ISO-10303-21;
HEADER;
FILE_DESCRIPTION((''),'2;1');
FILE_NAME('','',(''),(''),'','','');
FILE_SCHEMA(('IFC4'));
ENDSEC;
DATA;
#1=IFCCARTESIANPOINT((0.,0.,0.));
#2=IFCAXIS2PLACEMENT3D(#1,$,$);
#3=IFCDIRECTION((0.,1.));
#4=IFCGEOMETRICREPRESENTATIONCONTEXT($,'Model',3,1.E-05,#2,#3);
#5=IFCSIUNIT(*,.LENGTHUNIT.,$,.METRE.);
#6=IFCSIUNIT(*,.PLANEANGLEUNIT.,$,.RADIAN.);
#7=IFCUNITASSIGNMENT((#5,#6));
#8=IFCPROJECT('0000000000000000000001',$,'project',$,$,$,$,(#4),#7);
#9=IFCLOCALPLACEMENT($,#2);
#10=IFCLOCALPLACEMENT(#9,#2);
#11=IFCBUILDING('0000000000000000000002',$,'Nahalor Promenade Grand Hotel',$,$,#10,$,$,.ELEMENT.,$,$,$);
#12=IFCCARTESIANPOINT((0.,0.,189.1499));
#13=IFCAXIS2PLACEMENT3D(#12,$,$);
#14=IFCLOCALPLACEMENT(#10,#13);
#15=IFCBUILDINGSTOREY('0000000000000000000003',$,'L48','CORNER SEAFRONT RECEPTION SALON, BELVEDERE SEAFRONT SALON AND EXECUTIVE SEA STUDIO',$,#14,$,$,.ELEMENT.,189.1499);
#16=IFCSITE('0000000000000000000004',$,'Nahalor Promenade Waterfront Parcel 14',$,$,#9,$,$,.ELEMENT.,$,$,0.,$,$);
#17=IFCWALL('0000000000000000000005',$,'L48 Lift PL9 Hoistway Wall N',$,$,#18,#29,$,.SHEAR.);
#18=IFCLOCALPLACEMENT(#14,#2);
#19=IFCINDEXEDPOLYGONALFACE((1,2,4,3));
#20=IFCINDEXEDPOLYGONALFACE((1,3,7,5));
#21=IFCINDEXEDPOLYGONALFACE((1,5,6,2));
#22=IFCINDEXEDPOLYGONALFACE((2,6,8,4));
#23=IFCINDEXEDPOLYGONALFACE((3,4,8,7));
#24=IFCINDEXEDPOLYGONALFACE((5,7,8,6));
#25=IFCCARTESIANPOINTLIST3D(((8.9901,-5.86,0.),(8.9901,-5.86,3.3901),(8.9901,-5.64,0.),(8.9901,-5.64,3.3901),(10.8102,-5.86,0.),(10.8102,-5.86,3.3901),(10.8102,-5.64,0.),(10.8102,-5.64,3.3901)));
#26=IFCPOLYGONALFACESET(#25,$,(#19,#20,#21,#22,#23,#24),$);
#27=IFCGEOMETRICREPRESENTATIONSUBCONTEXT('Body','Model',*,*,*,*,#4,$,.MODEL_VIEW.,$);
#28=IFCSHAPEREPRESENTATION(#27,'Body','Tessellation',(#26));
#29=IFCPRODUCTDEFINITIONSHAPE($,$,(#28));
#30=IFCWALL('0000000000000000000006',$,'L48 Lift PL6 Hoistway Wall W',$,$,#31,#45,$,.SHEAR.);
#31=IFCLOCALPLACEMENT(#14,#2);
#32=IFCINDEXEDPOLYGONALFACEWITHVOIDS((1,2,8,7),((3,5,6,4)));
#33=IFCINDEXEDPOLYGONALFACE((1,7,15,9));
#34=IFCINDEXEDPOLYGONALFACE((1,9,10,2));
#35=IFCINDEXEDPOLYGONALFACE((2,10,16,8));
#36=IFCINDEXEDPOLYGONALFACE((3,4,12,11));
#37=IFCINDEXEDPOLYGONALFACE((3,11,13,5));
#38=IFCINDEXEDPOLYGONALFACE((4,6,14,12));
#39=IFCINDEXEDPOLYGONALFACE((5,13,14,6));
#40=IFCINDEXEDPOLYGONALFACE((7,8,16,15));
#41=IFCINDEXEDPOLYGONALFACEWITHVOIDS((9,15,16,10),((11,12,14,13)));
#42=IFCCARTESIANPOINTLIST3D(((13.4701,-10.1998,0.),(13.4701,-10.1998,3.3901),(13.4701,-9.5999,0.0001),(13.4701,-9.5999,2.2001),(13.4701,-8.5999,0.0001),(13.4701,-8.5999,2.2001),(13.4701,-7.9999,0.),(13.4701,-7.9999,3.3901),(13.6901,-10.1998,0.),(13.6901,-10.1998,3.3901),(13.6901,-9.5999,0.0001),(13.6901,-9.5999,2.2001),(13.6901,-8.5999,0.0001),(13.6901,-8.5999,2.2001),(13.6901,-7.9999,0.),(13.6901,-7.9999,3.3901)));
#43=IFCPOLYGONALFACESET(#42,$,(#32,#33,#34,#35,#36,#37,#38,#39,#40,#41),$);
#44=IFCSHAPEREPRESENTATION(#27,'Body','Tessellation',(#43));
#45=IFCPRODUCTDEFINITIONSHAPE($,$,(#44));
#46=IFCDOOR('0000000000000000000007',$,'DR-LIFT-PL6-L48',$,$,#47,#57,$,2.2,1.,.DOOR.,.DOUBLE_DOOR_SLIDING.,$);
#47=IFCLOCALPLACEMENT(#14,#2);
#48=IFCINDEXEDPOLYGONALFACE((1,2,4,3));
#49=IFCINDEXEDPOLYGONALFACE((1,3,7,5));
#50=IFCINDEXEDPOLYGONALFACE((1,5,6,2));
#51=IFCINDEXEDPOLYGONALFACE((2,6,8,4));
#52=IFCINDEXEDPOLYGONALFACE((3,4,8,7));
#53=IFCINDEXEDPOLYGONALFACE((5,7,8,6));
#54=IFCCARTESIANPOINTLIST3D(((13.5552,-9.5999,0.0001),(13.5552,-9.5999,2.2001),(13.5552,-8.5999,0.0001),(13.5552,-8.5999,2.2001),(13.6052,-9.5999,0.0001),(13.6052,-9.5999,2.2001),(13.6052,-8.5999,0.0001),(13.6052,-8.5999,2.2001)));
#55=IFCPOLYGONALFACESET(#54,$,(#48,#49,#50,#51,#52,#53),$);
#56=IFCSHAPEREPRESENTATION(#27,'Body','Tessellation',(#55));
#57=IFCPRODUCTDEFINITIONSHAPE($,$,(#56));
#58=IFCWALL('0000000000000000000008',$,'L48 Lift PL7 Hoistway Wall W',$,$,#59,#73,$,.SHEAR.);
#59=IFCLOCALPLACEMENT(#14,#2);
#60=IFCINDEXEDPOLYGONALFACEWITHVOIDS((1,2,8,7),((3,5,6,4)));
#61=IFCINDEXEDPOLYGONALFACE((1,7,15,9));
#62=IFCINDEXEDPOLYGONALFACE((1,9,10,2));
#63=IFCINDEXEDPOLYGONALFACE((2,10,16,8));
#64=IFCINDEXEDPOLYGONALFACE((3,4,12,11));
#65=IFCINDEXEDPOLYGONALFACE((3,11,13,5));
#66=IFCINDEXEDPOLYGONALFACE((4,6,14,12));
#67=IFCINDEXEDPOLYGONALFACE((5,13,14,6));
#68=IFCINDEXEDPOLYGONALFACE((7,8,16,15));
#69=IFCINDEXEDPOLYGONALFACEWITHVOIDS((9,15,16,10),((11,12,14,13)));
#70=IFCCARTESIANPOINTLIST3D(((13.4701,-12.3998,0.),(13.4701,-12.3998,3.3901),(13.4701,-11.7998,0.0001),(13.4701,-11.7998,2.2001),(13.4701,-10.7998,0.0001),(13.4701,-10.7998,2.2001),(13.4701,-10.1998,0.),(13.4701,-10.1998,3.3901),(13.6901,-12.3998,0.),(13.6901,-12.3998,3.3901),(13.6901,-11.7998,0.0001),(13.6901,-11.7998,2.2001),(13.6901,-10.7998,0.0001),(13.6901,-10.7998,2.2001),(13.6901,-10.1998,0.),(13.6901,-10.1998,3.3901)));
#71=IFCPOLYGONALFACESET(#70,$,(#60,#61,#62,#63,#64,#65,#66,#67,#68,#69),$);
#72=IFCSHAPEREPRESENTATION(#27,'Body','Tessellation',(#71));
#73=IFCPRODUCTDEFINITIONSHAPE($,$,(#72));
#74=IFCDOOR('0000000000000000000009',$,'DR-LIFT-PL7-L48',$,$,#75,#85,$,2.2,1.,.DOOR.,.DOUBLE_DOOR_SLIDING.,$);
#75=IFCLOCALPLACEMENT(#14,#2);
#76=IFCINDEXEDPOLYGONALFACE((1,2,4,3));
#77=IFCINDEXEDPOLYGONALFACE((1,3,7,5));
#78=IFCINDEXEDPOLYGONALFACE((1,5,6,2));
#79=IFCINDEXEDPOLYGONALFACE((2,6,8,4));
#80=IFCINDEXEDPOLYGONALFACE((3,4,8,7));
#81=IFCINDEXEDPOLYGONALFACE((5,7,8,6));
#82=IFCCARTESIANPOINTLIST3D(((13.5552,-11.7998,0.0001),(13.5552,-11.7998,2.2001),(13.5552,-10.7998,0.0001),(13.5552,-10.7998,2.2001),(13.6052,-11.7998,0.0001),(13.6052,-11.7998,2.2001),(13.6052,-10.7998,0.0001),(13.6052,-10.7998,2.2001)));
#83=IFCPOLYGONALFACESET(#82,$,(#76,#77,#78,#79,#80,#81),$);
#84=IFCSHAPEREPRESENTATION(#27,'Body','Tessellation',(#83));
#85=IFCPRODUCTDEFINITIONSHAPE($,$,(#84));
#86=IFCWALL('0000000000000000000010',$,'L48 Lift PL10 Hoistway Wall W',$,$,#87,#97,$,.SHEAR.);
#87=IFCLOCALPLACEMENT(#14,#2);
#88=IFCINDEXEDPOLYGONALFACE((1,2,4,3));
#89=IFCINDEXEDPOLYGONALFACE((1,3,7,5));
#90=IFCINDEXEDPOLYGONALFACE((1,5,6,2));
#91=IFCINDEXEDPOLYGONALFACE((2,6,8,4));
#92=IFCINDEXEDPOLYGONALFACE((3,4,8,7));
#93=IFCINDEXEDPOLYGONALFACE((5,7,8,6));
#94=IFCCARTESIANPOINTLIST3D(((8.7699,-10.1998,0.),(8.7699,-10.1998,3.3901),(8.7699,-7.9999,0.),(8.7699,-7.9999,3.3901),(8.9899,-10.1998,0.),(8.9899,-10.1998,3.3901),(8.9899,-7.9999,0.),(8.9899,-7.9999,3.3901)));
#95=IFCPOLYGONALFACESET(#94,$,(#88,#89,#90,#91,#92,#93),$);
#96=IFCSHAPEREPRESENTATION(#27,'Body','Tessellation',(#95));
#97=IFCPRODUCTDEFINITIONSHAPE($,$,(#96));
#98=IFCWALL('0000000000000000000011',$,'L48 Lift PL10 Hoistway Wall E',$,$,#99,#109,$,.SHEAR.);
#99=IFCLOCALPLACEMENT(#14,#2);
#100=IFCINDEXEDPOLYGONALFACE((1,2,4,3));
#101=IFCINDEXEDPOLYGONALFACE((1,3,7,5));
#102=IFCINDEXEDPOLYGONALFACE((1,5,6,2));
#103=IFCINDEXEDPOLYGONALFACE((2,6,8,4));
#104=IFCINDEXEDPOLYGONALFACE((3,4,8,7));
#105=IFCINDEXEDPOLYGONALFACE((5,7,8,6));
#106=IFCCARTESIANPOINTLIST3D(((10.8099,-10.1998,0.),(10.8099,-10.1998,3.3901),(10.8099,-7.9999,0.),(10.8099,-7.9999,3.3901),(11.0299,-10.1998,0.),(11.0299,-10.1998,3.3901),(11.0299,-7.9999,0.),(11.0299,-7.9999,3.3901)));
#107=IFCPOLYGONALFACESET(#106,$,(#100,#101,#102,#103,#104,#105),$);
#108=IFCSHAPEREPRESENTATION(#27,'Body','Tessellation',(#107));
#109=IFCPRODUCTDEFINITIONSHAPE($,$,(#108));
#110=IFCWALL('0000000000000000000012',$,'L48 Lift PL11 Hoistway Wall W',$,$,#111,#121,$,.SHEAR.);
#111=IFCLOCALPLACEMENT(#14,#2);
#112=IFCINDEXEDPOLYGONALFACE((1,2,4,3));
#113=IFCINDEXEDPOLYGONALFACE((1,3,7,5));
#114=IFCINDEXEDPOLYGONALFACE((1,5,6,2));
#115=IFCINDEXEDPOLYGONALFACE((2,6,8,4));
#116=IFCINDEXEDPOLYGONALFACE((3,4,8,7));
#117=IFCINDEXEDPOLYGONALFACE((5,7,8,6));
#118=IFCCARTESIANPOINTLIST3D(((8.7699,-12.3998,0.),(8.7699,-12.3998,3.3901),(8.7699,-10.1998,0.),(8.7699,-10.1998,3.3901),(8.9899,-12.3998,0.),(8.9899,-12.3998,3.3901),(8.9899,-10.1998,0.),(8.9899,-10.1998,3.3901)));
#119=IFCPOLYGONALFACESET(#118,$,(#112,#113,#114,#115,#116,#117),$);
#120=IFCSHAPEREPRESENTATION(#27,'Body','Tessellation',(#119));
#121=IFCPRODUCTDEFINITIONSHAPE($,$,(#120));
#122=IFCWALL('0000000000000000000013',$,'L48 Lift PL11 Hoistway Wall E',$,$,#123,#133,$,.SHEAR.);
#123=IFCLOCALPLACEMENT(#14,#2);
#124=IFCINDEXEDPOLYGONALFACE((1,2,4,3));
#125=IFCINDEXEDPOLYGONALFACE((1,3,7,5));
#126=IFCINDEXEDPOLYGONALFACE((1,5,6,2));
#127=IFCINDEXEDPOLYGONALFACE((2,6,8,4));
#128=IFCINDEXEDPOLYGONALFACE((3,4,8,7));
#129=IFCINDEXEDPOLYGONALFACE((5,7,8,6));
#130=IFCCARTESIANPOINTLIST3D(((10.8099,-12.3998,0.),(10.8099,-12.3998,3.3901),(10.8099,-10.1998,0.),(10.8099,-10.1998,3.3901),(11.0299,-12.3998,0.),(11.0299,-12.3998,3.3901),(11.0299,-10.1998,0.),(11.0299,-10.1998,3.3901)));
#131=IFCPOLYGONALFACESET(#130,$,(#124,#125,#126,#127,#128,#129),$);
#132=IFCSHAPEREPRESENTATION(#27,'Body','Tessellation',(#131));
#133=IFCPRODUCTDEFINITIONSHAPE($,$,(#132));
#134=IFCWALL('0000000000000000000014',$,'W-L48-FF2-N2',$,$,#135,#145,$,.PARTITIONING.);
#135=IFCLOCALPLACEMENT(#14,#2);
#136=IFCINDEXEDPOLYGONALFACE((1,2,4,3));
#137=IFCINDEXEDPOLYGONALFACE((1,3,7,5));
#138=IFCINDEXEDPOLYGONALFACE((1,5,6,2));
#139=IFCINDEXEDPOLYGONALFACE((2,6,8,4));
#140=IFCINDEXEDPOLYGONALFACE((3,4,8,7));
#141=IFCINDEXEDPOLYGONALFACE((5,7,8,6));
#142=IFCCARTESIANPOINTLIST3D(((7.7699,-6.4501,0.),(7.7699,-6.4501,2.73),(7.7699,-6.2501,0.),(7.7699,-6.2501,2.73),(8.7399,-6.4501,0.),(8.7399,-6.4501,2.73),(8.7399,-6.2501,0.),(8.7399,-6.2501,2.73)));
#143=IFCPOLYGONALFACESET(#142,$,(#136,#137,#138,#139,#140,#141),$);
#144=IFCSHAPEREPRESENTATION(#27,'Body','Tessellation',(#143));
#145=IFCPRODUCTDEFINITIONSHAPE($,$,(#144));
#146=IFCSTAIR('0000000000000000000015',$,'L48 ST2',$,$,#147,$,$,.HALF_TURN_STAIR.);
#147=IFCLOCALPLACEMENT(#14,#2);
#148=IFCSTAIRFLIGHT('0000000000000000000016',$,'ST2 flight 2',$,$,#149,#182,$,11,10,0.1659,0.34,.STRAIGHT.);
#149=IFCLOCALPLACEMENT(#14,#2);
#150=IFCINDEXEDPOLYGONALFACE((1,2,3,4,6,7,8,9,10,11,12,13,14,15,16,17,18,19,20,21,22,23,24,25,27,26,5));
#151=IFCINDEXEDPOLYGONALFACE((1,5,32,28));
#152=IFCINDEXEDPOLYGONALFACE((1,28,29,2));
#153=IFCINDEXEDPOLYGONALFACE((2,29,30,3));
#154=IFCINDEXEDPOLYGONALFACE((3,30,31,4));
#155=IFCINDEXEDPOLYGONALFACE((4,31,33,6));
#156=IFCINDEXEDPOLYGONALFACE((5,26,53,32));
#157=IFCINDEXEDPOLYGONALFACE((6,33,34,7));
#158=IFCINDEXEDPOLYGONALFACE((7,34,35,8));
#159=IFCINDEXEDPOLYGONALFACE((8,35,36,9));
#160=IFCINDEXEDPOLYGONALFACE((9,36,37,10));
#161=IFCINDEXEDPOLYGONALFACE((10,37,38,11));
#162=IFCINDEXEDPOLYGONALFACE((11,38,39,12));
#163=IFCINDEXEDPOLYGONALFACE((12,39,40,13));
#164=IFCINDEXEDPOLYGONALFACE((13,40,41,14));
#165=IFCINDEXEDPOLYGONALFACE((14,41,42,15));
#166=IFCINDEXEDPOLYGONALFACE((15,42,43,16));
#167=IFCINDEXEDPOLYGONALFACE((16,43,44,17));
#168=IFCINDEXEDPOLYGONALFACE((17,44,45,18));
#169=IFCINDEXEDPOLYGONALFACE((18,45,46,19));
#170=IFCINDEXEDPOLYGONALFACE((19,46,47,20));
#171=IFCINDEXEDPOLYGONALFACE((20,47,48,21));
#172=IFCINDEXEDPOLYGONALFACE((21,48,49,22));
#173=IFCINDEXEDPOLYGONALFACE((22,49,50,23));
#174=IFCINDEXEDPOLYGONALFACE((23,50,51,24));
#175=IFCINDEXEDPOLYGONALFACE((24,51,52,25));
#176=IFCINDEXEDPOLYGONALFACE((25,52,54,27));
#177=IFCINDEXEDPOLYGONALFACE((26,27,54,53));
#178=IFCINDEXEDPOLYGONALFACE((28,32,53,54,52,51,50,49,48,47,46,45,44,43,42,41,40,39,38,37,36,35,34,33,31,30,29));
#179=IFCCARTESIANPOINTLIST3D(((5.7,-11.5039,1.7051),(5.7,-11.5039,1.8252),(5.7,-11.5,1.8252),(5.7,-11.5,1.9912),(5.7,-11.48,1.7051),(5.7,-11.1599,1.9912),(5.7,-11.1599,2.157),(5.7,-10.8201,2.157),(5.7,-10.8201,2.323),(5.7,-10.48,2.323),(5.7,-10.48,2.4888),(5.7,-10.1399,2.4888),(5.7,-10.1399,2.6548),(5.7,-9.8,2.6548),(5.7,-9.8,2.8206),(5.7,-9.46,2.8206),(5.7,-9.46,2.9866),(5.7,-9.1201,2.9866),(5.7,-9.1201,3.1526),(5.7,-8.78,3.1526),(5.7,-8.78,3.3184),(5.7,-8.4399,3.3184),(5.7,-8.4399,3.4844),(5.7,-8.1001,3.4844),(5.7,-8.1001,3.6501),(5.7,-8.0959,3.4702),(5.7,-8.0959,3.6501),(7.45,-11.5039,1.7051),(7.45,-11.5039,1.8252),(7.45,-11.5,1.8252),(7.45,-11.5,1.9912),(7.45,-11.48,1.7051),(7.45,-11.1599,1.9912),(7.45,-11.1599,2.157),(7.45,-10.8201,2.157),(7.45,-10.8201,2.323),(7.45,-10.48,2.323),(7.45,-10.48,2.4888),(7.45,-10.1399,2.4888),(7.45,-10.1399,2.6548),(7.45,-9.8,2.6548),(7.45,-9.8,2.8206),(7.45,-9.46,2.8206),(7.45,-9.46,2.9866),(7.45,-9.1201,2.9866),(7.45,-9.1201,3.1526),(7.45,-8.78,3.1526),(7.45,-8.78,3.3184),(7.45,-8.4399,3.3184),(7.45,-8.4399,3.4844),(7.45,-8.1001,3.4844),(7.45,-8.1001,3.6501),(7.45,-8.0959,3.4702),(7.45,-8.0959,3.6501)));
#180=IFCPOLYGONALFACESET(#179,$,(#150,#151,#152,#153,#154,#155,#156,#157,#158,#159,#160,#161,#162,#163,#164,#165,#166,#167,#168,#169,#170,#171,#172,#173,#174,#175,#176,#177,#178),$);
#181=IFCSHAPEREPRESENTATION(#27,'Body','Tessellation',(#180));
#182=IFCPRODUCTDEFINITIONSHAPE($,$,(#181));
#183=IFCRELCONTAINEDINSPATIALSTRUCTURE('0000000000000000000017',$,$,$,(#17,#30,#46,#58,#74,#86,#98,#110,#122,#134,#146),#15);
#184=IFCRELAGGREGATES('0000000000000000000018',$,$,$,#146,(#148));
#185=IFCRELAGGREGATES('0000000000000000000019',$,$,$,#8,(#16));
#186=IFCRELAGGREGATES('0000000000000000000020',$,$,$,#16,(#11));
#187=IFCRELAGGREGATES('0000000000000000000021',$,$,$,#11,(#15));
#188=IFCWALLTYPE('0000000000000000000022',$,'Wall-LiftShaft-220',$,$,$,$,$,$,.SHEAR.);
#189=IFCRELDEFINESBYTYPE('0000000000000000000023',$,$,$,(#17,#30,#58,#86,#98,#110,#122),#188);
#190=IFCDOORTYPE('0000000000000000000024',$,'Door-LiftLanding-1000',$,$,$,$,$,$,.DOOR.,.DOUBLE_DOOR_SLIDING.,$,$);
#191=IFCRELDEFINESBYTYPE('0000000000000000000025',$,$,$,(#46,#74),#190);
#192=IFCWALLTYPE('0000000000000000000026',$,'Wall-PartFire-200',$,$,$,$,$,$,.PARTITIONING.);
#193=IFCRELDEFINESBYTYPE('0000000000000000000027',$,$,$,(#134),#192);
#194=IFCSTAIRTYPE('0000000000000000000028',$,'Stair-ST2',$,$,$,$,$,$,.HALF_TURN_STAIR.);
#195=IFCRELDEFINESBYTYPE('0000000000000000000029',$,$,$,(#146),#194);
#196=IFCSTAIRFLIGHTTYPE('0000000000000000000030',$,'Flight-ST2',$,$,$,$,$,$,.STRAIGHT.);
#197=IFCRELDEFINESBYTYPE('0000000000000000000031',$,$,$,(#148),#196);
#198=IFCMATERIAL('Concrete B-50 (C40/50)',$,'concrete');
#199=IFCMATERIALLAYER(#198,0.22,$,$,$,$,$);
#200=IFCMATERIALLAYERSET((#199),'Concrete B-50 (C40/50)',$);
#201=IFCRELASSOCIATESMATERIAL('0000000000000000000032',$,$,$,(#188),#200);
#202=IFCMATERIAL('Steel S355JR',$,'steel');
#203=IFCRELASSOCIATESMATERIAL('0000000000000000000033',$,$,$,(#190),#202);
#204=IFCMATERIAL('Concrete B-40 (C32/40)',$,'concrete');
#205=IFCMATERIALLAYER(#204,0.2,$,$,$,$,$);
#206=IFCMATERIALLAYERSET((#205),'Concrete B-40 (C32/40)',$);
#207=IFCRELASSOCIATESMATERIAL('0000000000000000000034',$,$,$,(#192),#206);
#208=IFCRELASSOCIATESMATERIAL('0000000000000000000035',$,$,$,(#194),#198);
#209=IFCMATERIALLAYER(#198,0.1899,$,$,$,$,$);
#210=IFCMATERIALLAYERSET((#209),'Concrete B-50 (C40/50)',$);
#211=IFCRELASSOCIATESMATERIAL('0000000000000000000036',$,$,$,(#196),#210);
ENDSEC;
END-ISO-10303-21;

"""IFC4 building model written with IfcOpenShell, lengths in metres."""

from ifc_helpers import new_model, si_unit, direction, frame, frame_2d, origin, place, context, subcontext, project, spatial, polyline, rectangle, outline, extrude, source, transform, mapped, material, layer, layer_set, type_object, element, fill, aggregate, save


model = new_model("IFC4")

# Units and contexts
model_context = context("Model", 3, precision=1e-05, world=origin(), true_north=direction((0.0, 1.0)))
body_context = subcontext(model_context, "Body", "Model", "MODEL_VIEW")
ifc_project = project(units=[si_unit("LENGTHUNIT", "METRE"), si_unit("PLANEANGLEUNIT", "RADIAN")], contexts=[model_context])

# Site, building, storey
site_placement = place(None, origin())
site = spatial("IfcSite", under=ifc_project, at=site_placement, Name="Nahalor Promenade Waterfront Parcel 14", CompositionType="ELEMENT", RefElevation=0.0)
building_placement = place(site_placement, origin())
building = spatial("IfcBuilding", under=site, at=building_placement, Name="Nahalor Promenade Grand Hotel", CompositionType="ELEMENT")
storey_placement = place(building_placement, frame((0.0, 0.0, 189.1499)))
storey = spatial("IfcBuildingStorey", under=building, at=storey_placement, Name="L48", Description="CORNER SEAFRONT RECEPTION SALON, BELVEDERE SEAFRONT SALON AND EXECUTIVE SEA STUDIO", CompositionType="ELEMENT", Elevation=189.1499)

# Shared definitions
ifc_material_1 = material(Name="Steel S355JR", Category="steel")

# Shared definitions
ifc_material_2 = material(Name="Concrete B-50 (C40/50)", Category="concrete")
ifc_layer_1 = layer(ifc_material_2, 0.22)
ifc_layer_set_1 = layer_set([ifc_layer_1], Name="Concrete B-50 (C40/50)")
wall_type_1 = type_object("IfcWallType", Name="Wall-LiftShaft-220", PredefinedType="SHEAR", material=ifc_layer_set_1)

# Shared definitions
door_type = type_object("IfcDoorType", Name="Door-LiftLanding-1000", OperationType="DOUBLE_DOOR_SLIDING", PredefinedType="DOOR", material=ifc_material_1)
shared_shape_1 = source(origin(), body_context, "Body", "SweptSolid", [
    extrude(rectangle(XDim=1.0, YDim=2.2, at=frame_2d((0.5, 1.1001))), frame((0.0, 0.0249, 0.0), z_axis=(0.0, -1.0, 0.0), x_axis=(1.0, 0.0, 0.0)), (0.0, 0.0, 1.0), 0.05),
])

# Wall
shared_shape_2 = source(origin(), body_context, "Body", "SweptSolid", [
    extrude(rectangle(XDim=1.8201, YDim=0.22, at=frame_2d((0.9102, 0.0))), origin(), (0.0, 0.0, 1.0), 3.3901),
])
wall_1_placement = place(storey_placement, frame((8.99, -5.75, 0.0), z_axis=(0.0, 0.0, 1.0), x_axis=(1.0, 0.0, 0.0)))
element("IfcWall", 1, at=wall_1_placement, inside=storey, type_object=wall_type_1, Name="L48 Lift PL9 Hoistway Wall N", PredefinedType="SHEAR", context=body_context, shape_type="MappedRepresentation", body=[
    mapped(shared_shape_2, transform((0.0, 0.0, 0.0), scale=1.0)),
])

# Walls, openings, doors
shared_shape_3 = source(origin(), body_context, "Body", "SweptSolid", [
    extrude(rectangle(XDim=2.2, YDim=0.22, at=frame_2d((1.1001, 0.0))), origin(), (0.0, 0.0, 1.0), 3.3901),
])
wall_2_placement = place(storey_placement, frame((13.5801, -10.2, 0.0), z_axis=(0.0, 0.0, 1.0), x_axis=(0.0, 1.0, 0.0)))
wall_2 = element("IfcWall", 2, at=wall_2_placement, inside=storey, type_object=wall_type_1, Name="L48 Lift PL6 Hoistway Wall W", PredefinedType="SHEAR", context=body_context, shape_type="MappedRepresentation", body=[
    mapped(shared_shape_3, transform((0.0, 0.0, 0.0), scale=1.0)),
])
opening_1_placement = place(wall_2_placement, frame((0.6001, 0.0, 0.0)))
opening_1 = element("IfcOpeningElement", 3, at=opening_1_placement, cuts=wall_2, PredefinedType="OPENING", context=body_context, shape_type="SweptSolid", body=[
    extrude(rectangle(XDim=1.0, YDim=2.2, at=frame_2d((0.5, 1.1001))), frame((0.0, 0.1199, 0.0), z_axis=(0.0, -1.0, 0.0), x_axis=(1.0, 0.0, 0.0)), (0.0, 0.0, 1.0), 0.24),
])
door_1_placement = place(opening_1_placement, origin())
door_1 = element("IfcDoor", 4, at=door_1_placement, inside=storey, type_object=door_type, Name="DR-LIFT-PL6-L48", OperationType="DOUBLE_DOOR_SLIDING", OverallHeight=2.2, OverallWidth=1.0, PredefinedType="DOOR", context=body_context, shape_type="MappedRepresentation", body=[
    mapped(shared_shape_1, transform((0.0, 0.0, 0.0), scale=1.0)),
])
fill(opening_1, door_1)
wall_3_placement = place(storey_placement, frame((13.5801, -12.3999, 0.0), z_axis=(0.0, 0.0, 1.0), x_axis=(0.0, 1.0, 0.0)))
wall_3 = element("IfcWall", 5, at=wall_3_placement, inside=storey, type_object=wall_type_1, Name="L48 Lift PL7 Hoistway Wall W", PredefinedType="SHEAR", context=body_context, shape_type="MappedRepresentation", body=[
    mapped(shared_shape_3, transform((0.0, 0.0, 0.0), scale=1.0)),
])
opening_2_placement = place(wall_3_placement, frame((0.6001, 0.0, 0.0)))
opening_2 = element("IfcOpeningElement", 6, at=opening_2_placement, cuts=wall_3, PredefinedType="OPENING", context=body_context, shape_type="SweptSolid", body=[
    extrude(rectangle(XDim=1.0, YDim=2.2, at=frame_2d((0.5, 1.1001))), frame((0.0, 0.1199, 0.0), z_axis=(0.0, -1.0, 0.0), x_axis=(1.0, 0.0, 0.0)), (0.0, 0.0, 1.0), 0.24),
])
door_2_placement = place(opening_2_placement, origin())
door_2 = element("IfcDoor", 7, at=door_2_placement, inside=storey, type_object=door_type, Name="DR-LIFT-PL7-L48", OperationType="DOUBLE_DOOR_SLIDING", OverallHeight=2.2, OverallWidth=1.0, PredefinedType="DOOR", context=body_context, shape_type="MappedRepresentation", body=[
    mapped(shared_shape_1, transform((0.0, 0.0, 0.0), scale=1.0)),
])
fill(opening_2, door_2)

# Walls
for number, where, z_axis, x_axis, name in (
    (8, (8.8799, -10.2, 0.0), (0.0, 0.0, 1.0), (0.0, 1.0, 0.0), "L48 Lift PL10 Hoistway Wall W"),
    (9, (10.9199, -10.2, 0.0), (0.0, 0.0, 1.0), (0.0, 1.0, 0.0), "L48 Lift PL10 Hoistway Wall E"),
    (10, (8.8799, -12.3999, 0.0), (0.0, 0.0, 1.0), (0.0, 1.0, 0.0), "L48 Lift PL11 Hoistway Wall W"),
    (11, (10.9199, -12.3999, 0.0), (0.0, 0.0, 1.0), (0.0, 1.0, 0.0), "L48 Lift PL11 Hoistway Wall E"),
):
    element("IfcWall", number, at=place(storey_placement, frame(where, z_axis=z_axis, x_axis=x_axis)), inside=storey, type_object=wall_type_1, Name=name, PredefinedType="SHEAR", context=body_context, shape_type="MappedRepresentation", body=[
        mapped(shared_shape_3, transform((0.0, 0.0, 0.0), scale=1.0)),
    ])
ifc_material_3 = material(Name="Concrete B-40 (C32/40)", Category="concrete")
ifc_layer_2 = layer(ifc_material_3, 0.2)
ifc_layer_set_2 = layer_set([ifc_layer_2], Name="Concrete B-40 (C32/40)")
wall_type_2 = type_object("IfcWallType", Name="Wall-PartFire-200", PredefinedType="PARTITIONING", material=ifc_layer_set_2)
shared_shape_4 = source(origin(), body_context, "Body", "SweptSolid", [
    extrude(rectangle(XDim=0.97, YDim=0.2, at=frame_2d((0.4849, 0.0))), origin(), (0.0, 0.0, 1.0), 2.73),
])
wall_4_placement = place(storey_placement, frame((7.77, -6.3501, 0.0), z_axis=(0.0, 0.0, 1.0), x_axis=(1.0, 0.0, 0.0)))
element("IfcWall", 12, at=wall_4_placement, inside=storey, type_object=wall_type_2, Name="W-L48-FF2-N2", PredefinedType="PARTITIONING", context=body_context, shape_type="MappedRepresentation", body=[
    mapped(shared_shape_4, transform((0.0, 0.0, 0.0), scale=1.0)),
])

# Stair, stair flight
stair_type = type_object("IfcStairType", Name="Stair-ST2", PredefinedType="HALF_TURN_STAIR", material=ifc_material_2)
stair_placement = place(storey_placement, origin())
stair = element("IfcStair", 13, at=stair_placement, inside=storey, type_object=stair_type, Name="L48 ST2", PredefinedType="HALF_TURN_STAIR")
ifc_layer_3 = layer(ifc_material_2, 0.1899)
ifc_layer_set_3 = layer_set([ifc_layer_3], Name="Concrete B-50 (C40/50)")
stair_flight_type = type_object("IfcStairFlightType", Name="Flight-ST2", PredefinedType="STRAIGHT", material=ifc_layer_set_3)
shared_shape_5 = source(origin(), body_context, "Body", "SweptSolid", [
    extrude(outline(polyline([(-0.0039, -0.1201), (-0.0039, 0.0), (0.0, 0.0), (0.0, 0.166), (0.3401, 0.166), (0.3401, 0.3318), (0.6799, 0.3318), (0.6799, 0.4978), (1.02, 0.4978), (1.02, 0.6636), (1.3601, 0.6636), (1.3601, 0.8296), (1.7, 0.8296), (1.7, 0.9954), (2.04, 0.9954), (2.04, 1.1614), (2.3799, 1.1614), (2.3799, 1.3274), (2.72, 1.3274), (2.72, 1.4932), (3.0601, 1.4932), (3.0601, 1.6592), (3.3999, 1.6592), (3.3999, 1.825), (3.4041, 1.825), (3.4041, 1.645), (0.02, -0.1201), (-0.0039, -0.1201)])), frame((0.0, 0.875, 0.0), z_axis=(0.0, -1.0, 0.0), x_axis=(1.0, 0.0, 0.0)), (0.0, 0.0, 1.0), 1.75),
])
stair_flight_placement = place(storey_placement, frame((6.575, -11.5, 1.8252), z_axis=(0.0, 0.0, 1.0), x_axis=(0.0, 1.0, 0.0)))
stair_flight = element("IfcStairFlight", 14, at=stair_flight_placement, type_object=stair_flight_type, Name="ST2 flight 2", NumberOfRisers=11, NumberOfTreads=10, PredefinedType="STRAIGHT", RiserHeight=0.1659, TreadLength=0.34, context=body_context, shape_type="MappedRepresentation", body=[
    mapped(shared_shape_5, transform((0.0, 0.0, 0.0), scale=1.0)),
])
aggregate(stair, [stair_flight])

save(model, "model.ifc")
